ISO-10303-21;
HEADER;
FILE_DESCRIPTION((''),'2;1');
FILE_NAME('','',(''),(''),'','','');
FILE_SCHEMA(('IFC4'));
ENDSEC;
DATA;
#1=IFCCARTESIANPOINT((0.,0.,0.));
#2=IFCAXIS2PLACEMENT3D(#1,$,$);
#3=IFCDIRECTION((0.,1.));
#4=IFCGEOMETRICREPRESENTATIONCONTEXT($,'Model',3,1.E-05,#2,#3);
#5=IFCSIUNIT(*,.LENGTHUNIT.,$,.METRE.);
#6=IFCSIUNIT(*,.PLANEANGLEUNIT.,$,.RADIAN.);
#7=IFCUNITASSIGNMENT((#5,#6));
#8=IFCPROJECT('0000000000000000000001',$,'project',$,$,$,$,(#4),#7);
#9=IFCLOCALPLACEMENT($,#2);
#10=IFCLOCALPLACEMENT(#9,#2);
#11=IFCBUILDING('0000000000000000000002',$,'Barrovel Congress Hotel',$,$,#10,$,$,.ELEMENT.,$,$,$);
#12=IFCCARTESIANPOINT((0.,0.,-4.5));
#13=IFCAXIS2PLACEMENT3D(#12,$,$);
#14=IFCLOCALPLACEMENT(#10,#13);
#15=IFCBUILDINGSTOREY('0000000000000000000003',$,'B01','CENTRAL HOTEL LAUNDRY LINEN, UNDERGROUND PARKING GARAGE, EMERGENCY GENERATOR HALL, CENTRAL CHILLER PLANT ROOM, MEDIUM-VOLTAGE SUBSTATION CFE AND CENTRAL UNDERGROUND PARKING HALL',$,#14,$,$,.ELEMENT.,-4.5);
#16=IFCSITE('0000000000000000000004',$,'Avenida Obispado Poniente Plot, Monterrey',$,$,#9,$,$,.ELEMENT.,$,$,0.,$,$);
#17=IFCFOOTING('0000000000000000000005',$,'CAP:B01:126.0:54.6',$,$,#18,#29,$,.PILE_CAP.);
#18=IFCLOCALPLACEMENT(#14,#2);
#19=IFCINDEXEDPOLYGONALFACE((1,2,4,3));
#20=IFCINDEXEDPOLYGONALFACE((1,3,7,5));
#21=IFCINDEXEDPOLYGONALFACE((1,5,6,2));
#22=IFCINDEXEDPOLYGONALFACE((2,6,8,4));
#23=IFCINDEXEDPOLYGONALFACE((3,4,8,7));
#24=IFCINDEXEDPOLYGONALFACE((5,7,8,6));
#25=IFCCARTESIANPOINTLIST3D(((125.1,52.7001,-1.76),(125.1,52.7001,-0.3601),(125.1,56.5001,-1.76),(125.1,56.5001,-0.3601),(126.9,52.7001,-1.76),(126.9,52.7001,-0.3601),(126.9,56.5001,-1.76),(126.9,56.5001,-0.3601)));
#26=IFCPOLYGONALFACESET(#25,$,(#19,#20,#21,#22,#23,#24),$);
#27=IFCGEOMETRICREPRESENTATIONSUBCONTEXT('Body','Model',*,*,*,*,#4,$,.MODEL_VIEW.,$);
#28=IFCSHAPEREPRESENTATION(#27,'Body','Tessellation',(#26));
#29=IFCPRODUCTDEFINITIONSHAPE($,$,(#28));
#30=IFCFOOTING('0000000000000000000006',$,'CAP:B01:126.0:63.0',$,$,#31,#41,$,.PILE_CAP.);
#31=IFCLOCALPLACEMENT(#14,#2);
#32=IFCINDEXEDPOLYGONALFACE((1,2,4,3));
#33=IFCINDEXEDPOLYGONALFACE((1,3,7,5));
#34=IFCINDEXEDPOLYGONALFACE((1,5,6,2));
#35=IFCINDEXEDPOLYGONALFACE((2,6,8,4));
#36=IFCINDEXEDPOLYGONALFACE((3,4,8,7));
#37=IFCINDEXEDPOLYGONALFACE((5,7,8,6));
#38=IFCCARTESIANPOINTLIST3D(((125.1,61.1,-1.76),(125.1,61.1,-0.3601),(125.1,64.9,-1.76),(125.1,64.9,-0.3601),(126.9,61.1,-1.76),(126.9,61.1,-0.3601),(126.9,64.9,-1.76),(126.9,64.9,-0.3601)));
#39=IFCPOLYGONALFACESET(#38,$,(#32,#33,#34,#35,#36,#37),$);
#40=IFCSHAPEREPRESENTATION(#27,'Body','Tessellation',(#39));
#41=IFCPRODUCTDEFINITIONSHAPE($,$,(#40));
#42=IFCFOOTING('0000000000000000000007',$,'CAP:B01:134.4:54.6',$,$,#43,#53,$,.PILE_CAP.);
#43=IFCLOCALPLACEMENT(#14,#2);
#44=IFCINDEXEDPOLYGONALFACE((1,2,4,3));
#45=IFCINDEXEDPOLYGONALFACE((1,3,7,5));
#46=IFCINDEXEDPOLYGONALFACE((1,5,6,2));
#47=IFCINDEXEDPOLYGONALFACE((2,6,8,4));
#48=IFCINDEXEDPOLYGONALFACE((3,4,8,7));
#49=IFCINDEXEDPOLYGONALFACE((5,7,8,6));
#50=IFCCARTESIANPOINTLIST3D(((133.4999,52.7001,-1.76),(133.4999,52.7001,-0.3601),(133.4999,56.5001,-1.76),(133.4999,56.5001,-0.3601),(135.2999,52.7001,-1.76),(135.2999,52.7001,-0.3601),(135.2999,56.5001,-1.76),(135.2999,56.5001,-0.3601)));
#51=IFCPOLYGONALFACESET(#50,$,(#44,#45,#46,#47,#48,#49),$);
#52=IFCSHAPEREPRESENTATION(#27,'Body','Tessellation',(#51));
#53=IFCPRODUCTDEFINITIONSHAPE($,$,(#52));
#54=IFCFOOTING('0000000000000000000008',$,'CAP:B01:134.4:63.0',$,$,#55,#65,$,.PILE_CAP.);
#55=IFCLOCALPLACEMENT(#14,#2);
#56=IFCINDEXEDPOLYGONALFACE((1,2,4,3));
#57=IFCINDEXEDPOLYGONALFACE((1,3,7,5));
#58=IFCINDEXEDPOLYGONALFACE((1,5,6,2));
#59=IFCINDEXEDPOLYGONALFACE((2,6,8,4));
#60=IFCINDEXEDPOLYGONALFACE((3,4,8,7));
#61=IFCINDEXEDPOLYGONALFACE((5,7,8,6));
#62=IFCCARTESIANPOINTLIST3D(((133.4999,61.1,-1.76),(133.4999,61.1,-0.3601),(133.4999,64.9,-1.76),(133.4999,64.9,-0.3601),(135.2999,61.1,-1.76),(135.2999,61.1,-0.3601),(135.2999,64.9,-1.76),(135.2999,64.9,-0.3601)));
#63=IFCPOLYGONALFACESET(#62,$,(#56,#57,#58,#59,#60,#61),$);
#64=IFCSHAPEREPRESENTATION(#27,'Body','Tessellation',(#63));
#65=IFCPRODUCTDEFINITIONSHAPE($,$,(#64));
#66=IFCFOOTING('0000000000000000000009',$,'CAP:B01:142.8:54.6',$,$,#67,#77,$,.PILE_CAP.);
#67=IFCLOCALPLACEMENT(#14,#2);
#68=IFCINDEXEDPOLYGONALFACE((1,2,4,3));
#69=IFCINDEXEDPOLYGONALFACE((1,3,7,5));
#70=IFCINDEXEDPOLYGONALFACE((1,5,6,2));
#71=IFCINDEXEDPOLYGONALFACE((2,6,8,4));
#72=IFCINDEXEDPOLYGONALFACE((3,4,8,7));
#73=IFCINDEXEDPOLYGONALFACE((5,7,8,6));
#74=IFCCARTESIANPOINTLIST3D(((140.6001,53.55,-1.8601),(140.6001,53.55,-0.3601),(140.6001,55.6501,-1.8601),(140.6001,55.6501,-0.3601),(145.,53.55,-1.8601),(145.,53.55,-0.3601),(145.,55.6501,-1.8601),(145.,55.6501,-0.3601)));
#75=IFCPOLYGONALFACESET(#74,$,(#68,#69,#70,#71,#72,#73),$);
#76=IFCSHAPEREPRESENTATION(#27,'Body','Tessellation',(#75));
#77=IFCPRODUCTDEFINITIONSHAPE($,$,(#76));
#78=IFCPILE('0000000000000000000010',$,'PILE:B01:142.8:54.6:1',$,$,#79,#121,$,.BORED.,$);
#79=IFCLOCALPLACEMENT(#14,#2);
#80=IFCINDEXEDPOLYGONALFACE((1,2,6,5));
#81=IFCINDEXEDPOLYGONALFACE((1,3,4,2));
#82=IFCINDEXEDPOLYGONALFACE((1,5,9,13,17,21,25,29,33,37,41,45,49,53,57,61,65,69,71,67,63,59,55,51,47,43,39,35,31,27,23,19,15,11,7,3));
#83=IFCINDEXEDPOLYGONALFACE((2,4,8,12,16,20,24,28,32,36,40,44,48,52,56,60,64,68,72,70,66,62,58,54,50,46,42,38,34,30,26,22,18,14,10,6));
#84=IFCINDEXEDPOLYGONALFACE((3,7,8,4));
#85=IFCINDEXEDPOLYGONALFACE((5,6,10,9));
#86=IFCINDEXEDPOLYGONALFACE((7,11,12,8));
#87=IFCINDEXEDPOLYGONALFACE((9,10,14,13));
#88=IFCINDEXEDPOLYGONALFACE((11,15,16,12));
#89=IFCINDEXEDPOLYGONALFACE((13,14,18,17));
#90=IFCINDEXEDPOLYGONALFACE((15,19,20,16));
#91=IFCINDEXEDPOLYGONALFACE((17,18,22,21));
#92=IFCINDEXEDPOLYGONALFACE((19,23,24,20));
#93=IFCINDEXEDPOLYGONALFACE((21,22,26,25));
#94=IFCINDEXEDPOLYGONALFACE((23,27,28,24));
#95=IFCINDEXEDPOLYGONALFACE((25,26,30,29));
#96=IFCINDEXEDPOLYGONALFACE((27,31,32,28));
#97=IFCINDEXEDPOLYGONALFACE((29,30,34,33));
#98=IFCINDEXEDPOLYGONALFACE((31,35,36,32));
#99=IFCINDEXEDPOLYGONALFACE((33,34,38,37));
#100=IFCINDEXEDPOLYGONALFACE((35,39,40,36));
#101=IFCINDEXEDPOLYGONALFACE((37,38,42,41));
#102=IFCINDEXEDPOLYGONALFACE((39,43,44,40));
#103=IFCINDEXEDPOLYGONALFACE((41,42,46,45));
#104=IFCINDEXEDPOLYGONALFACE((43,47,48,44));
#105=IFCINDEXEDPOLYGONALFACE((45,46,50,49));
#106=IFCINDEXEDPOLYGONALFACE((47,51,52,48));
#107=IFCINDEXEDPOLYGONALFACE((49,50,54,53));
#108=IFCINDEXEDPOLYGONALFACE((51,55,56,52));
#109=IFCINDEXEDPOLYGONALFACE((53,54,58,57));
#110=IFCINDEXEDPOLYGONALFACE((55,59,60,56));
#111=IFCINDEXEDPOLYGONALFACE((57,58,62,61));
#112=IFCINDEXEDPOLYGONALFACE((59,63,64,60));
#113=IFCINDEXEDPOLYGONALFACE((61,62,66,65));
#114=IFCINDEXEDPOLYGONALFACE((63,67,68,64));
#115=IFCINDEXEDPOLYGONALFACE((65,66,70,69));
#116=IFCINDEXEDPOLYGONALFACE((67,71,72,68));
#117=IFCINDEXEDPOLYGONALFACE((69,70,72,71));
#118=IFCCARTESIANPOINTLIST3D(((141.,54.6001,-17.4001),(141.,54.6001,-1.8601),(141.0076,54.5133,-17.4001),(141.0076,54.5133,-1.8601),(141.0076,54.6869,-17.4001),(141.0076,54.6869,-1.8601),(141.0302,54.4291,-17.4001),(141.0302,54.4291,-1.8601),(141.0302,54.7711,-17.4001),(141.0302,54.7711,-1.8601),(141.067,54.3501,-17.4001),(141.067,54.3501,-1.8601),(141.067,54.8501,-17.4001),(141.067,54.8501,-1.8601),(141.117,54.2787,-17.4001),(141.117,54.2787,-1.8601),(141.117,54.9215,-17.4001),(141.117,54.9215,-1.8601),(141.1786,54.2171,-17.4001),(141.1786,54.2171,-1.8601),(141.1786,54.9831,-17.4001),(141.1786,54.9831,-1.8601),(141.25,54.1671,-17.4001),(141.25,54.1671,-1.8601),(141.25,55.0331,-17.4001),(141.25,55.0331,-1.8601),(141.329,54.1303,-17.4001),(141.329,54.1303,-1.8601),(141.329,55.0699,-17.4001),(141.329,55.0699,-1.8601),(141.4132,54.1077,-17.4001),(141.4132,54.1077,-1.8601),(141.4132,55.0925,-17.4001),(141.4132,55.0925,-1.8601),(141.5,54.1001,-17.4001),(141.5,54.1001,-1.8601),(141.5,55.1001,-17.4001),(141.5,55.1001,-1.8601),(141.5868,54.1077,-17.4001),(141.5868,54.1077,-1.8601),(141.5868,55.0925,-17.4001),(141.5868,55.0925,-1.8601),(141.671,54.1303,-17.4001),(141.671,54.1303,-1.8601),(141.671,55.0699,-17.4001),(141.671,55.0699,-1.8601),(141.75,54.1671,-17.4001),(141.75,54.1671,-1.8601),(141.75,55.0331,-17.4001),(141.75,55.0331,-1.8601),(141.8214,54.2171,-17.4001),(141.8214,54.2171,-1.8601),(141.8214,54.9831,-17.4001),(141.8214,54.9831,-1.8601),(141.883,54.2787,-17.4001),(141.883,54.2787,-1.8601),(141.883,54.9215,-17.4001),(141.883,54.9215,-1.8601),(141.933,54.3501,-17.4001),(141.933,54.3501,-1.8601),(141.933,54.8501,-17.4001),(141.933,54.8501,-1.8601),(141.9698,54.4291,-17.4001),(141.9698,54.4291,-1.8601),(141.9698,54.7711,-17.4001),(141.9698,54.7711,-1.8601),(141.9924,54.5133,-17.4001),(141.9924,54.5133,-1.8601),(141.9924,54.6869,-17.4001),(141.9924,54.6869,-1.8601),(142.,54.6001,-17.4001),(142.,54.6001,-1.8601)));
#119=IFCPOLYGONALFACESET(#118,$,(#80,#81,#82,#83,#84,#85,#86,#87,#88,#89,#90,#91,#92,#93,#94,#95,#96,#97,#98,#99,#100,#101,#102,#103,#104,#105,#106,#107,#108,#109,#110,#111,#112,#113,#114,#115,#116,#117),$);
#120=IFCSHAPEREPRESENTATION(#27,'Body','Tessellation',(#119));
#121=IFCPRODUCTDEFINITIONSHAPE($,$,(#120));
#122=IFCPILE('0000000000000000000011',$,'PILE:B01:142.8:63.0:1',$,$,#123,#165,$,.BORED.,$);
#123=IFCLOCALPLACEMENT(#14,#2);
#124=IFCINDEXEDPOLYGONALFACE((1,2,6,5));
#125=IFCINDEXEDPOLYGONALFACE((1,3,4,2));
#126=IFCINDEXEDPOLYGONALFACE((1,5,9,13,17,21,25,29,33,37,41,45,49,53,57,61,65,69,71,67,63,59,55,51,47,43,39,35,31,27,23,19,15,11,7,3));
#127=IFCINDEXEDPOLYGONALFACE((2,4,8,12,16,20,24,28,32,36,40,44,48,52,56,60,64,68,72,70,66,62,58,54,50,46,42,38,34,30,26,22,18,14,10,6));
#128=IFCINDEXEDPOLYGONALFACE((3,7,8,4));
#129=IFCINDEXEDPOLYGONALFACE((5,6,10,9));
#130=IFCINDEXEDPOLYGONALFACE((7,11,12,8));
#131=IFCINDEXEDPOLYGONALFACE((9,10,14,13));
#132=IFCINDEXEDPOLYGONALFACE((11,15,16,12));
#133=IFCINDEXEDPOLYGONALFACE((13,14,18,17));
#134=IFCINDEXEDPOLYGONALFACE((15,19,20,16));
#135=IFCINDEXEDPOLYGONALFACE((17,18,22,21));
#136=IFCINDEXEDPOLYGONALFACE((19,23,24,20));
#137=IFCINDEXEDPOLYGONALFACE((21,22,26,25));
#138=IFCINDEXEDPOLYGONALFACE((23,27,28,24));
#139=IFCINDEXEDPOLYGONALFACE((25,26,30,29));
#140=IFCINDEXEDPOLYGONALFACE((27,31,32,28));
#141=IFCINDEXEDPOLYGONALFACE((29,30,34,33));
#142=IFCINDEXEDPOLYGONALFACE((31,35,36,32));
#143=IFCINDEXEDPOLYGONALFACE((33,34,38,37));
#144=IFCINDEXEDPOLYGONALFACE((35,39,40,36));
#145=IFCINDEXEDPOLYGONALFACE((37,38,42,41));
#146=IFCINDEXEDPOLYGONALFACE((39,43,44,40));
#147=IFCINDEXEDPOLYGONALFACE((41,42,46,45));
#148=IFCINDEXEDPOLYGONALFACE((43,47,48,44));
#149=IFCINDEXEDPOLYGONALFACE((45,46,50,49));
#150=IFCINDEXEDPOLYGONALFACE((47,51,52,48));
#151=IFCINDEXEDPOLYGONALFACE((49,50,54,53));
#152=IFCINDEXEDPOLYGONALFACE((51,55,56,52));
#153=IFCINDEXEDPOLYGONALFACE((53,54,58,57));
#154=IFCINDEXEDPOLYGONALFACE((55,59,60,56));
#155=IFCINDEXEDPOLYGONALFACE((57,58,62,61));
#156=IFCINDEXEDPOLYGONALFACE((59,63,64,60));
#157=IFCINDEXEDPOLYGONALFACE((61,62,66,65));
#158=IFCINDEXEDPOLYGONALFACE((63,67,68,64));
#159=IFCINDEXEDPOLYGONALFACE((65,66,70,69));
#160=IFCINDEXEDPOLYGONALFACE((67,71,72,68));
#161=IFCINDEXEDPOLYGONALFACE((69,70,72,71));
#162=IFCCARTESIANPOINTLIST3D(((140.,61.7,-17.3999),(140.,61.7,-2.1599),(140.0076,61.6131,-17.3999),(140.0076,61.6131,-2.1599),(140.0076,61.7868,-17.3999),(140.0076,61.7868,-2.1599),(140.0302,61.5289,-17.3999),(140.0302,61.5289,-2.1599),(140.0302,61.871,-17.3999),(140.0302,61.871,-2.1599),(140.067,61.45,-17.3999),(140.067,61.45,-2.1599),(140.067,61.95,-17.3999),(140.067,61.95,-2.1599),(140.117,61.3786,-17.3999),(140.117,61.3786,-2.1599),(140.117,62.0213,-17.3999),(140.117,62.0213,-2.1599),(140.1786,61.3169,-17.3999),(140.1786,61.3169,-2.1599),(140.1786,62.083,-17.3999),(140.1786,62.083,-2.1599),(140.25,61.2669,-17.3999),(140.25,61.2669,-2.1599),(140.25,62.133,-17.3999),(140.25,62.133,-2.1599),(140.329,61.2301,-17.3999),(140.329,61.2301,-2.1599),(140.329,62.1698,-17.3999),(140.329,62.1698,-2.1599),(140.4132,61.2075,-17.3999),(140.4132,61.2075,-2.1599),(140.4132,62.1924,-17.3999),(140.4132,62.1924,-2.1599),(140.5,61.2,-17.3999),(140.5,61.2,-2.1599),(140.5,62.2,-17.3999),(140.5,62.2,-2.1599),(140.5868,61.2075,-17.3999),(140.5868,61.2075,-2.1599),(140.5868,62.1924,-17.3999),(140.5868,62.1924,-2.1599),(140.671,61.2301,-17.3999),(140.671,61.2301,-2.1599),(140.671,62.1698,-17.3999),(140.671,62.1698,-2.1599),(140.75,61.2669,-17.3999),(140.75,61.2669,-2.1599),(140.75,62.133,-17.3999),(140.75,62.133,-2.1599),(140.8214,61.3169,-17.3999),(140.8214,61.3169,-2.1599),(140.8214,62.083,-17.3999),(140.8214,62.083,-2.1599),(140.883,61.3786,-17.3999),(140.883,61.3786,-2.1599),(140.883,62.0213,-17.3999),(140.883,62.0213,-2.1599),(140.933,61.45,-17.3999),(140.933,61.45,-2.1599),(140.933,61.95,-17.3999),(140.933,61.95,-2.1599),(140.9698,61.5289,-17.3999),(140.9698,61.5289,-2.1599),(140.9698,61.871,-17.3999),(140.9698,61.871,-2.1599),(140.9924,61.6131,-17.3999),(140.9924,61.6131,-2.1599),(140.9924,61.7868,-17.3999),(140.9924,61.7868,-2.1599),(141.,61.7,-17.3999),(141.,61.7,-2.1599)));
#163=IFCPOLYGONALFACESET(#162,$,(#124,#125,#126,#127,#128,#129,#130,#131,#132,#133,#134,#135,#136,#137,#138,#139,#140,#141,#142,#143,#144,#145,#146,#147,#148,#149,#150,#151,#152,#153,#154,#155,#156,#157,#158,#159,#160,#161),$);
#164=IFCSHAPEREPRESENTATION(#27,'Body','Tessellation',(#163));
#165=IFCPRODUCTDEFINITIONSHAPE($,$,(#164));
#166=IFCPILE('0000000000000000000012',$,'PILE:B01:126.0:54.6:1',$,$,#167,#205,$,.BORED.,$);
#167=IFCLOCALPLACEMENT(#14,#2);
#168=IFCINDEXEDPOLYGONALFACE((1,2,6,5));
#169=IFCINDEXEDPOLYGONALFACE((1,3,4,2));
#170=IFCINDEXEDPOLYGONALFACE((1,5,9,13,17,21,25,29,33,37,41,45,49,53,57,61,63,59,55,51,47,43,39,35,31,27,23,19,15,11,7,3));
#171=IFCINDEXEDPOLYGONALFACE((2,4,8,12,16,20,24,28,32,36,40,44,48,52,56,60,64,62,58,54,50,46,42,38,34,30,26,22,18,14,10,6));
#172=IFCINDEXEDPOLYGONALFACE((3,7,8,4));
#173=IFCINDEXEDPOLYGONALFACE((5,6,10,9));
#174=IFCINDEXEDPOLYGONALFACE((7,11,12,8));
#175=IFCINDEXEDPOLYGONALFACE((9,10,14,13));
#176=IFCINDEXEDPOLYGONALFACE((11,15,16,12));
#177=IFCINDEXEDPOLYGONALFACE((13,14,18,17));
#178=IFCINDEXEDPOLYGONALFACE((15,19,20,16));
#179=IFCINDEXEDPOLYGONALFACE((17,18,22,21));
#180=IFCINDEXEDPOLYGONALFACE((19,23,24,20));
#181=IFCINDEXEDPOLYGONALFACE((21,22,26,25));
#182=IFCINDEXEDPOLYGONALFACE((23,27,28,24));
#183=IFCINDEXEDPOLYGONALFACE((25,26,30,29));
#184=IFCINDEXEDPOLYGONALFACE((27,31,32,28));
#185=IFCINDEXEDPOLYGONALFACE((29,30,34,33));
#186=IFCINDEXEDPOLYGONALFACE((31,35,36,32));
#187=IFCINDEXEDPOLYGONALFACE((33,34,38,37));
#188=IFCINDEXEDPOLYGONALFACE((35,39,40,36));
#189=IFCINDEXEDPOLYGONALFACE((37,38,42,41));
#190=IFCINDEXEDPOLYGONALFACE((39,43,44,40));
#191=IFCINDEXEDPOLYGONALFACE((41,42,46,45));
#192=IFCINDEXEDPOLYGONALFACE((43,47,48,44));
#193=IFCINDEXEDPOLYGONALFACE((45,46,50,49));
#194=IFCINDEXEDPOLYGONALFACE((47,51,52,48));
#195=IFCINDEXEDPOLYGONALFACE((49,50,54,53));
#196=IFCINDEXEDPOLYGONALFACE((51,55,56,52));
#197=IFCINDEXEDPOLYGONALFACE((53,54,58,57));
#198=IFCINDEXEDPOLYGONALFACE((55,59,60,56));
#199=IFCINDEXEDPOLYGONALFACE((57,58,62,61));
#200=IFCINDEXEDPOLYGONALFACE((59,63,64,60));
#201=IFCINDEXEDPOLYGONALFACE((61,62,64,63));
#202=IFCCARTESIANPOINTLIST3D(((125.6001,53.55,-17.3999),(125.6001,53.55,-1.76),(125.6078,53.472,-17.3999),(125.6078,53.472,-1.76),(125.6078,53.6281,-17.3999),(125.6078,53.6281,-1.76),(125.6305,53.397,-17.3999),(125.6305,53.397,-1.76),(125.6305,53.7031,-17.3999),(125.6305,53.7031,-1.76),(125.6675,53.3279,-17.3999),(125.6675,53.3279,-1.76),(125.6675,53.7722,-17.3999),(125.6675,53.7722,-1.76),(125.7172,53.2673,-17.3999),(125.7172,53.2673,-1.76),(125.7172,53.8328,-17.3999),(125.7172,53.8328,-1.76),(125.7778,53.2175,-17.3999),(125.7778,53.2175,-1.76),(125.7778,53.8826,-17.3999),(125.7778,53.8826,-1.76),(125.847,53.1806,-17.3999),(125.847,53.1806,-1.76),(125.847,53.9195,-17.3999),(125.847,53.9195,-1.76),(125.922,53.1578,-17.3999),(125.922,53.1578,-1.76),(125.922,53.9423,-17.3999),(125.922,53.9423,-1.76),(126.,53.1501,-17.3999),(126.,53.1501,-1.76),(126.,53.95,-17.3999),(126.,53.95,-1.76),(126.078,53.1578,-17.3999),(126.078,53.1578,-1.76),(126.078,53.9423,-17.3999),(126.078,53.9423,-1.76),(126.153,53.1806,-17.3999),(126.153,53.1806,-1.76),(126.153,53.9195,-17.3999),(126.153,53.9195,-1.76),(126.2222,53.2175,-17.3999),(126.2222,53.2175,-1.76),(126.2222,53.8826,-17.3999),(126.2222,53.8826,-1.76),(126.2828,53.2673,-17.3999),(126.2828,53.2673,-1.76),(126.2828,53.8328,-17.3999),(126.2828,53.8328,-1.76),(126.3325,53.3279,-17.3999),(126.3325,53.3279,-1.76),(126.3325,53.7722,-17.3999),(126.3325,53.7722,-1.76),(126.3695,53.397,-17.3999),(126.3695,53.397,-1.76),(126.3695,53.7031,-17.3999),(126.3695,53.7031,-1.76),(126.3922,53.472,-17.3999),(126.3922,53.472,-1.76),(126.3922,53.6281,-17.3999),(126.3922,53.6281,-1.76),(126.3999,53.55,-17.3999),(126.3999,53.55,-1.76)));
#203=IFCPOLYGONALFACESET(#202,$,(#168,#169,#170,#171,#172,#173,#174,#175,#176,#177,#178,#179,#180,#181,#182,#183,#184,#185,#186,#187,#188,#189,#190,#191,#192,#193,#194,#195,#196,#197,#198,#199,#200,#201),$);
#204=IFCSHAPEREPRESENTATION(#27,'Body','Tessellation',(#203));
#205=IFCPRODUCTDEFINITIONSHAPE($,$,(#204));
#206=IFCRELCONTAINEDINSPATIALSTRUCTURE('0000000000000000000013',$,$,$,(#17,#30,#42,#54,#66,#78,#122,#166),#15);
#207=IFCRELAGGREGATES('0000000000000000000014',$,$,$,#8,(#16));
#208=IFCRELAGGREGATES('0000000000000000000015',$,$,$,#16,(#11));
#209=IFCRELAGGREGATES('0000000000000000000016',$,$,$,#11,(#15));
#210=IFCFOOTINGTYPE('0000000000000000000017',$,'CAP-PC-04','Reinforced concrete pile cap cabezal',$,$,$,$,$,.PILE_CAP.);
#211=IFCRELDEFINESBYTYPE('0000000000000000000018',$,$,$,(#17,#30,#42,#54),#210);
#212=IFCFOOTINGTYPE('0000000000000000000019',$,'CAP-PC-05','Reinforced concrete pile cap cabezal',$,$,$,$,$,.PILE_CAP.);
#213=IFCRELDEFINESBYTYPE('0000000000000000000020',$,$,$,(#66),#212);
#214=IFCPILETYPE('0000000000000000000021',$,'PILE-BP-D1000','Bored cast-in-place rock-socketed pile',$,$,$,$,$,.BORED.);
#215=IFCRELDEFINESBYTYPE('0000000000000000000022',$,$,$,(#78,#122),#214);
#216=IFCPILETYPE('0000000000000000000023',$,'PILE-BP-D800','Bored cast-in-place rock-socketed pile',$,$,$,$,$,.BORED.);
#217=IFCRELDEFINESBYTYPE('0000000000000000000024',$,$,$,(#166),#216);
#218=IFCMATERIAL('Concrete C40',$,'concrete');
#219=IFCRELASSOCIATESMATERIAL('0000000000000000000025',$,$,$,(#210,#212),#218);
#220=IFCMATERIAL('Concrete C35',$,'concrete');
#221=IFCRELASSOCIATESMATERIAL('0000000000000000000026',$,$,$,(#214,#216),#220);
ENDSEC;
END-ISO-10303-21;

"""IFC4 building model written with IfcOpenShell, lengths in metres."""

from ifc_helpers import new_model, si_unit, direction, frame, origin, origin_2d, place, context, subcontext, project, spatial, rectangle, circle, extrude, material, material_profile, profile_set, type_object, element, save


model = new_model("IFC4")

# Units and contexts
model_context = context("Model", 3, precision=1e-05, world=origin(), true_north=direction((0.0, 1.0)))
body_context = subcontext(model_context, "Body", "Model", "MODEL_VIEW")
ifc_project = project(units=[si_unit("LENGTHUNIT", "METRE"), si_unit("PLANEANGLEUNIT", "RADIAN")], contexts=[model_context])

# Site, building, storey
site_placement = place(None, origin())
site = spatial("IfcSite", under=ifc_project, at=site_placement, Name="Avenida Obispado Poniente Plot, Monterrey", CompositionType="ELEMENT", RefElevation=0.0)
building_placement = place(site_placement, origin())
building = spatial("IfcBuilding", under=site, at=building_placement, Name="Barrovel Congress Hotel", CompositionType="ELEMENT")
storey_placement = place(building_placement, frame((0.0, 0.0, -4.5)))
storey = spatial("IfcBuildingStorey", under=building, at=storey_placement, Name="B01", Description="CENTRAL HOTEL LAUNDRY LINEN, UNDERGROUND PARKING GARAGE, EMERGENCY GENERATOR HALL, CENTRAL CHILLER PLANT ROOM, MEDIUM-VOLTAGE SUBSTATION CFE AND CENTRAL UNDERGROUND PARKING HALL", CompositionType="ELEMENT", Elevation=-4.5)

# Footings
ifc_material_1 = material(Name="Concrete C40", Category="concrete")
footing_type_1 = type_object("IfcFootingType", Name="CAP-PC-04", Description="Reinforced concrete pile cap cabezal", PredefinedType="PILE_CAP", material=ifc_material_1)
for number, where, z_axis, x_axis, name in (
    (1, (126.0, 54.6001, -1.76), (0.0, 0.0, 1.0), (1.0, 0.0, 0.0), "CAP:B01:126.0:54.6"),
    (2, (126.0, 63.0, -1.76), (0.0, 0.0, 1.0), (1.0, 0.0, 0.0), "CAP:B01:126.0:63.0"),
    (3, (134.3999, 54.6001, -1.76), (0.0, 0.0, 1.0), (1.0, 0.0, 0.0), "CAP:B01:134.4:54.6"),
    (4, (134.3999, 63.0, -1.76), (0.0, 0.0, 1.0), (1.0, 0.0, 0.0), "CAP:B01:134.4:63.0"),
):
    element("IfcFooting", number, at=place(storey_placement, frame(where, z_axis=z_axis, x_axis=x_axis)), inside=storey, type_object=footing_type_1, Name=name, PredefinedType="PILE_CAP", context=body_context, shape_type="SweptSolid", body=[
        extrude(rectangle(XDim=1.8, YDim=3.8, at=origin_2d()), origin(), (0.0, 0.0, 1.0), 1.3999),
    ])
footing_type_2 = type_object("IfcFootingType", Name="CAP-PC-05", Description="Reinforced concrete pile cap cabezal", PredefinedType="PILE_CAP", material=ifc_material_1)
footing_placement = place(storey_placement, frame((142.8, 54.6001, -1.8601), z_axis=(0.0, 0.0, 1.0), x_axis=(1.0, 0.0, 0.0)))
element("IfcFooting", 5, at=footing_placement, inside=storey, type_object=footing_type_2, Name="CAP:B01:142.8:54.6", PredefinedType="PILE_CAP", context=body_context, shape_type="SweptSolid", body=[
    extrude(rectangle(XDim=4.3999, YDim=2.1001, at=origin_2d()), origin(), (0.0, 0.0, 1.0), 1.5),
])

# Piles
ifc_material_2 = material(Name="Concrete C35", Category="concrete")
ifc_material_profile_1 = material_profile(ifc_material_2, circle(Radius=0.5, at=origin_2d()), Name="BP-D1000")
ifc_profile_set_1 = profile_set([ifc_material_profile_1], Name="Concrete C35")
pile_type_1 = type_object("IfcPileType", Name="PILE-BP-D1000", Description="Bored cast-in-place rock-socketed pile", PredefinedType="BORED", material=ifc_profile_set_1)
pile_1_placement = place(storey_placement, frame((141.5, 54.6001, -1.8601), z_axis=(0.0, 0.0, -1.0), x_axis=(1.0, 0.0, 0.0)))
element("IfcPile", 6, at=pile_1_placement, inside=storey, type_object=pile_type_1, Name="PILE:B01:142.8:54.6:1", PredefinedType="BORED", context=body_context, shape_type="SweptSolid", body=[
    extrude(circle(Radius=0.5, at=origin_2d()), origin(), (0.0, 0.0, 1.0), 15.54),
])
pile_2_placement = place(storey_placement, frame((140.5, 61.7, -2.1599), z_axis=(0.0, 0.0, -1.0), x_axis=(1.0, 0.0, 0.0)))
element("IfcPile", 7, at=pile_2_placement, inside=storey, type_object=pile_type_1, Name="PILE:B01:142.8:63.0:1", PredefinedType="BORED", context=body_context, shape_type="SweptSolid", body=[
    extrude(circle(Radius=0.5, at=origin_2d()), origin(), (0.0, 0.0, 1.0), 15.24),
])
ifc_material_profile_2 = material_profile(ifc_material_2, circle(Radius=0.3999, at=origin_2d()), Name="BP-D800")
ifc_profile_set_2 = profile_set([ifc_material_profile_2], Name="Concrete C35")
pile_type_2 = type_object("IfcPileType", Name="PILE-BP-D800", Description="Bored cast-in-place rock-socketed pile", PredefinedType="BORED", material=ifc_profile_set_2)
for number, where, z_axis, x_axis, name in (
    (8, (126.0, 53.55, -1.76), (0.0, 0.0, -1.0), (1.0, 0.0, 0.0), "PILE:B01:126.0:54.6:1"),
):
    element("IfcPile", number, at=place(storey_placement, frame(where, z_axis=z_axis, x_axis=x_axis)), inside=storey, type_object=pile_type_2, Name=name, PredefinedType="BORED", context=body_context, shape_type="SweptSolid", body=[
        extrude(circle(Radius=0.3999, at=origin_2d()), origin(), (0.0, 0.0, 1.0), 15.6399),
    ])

save(model, "model.ifc")
